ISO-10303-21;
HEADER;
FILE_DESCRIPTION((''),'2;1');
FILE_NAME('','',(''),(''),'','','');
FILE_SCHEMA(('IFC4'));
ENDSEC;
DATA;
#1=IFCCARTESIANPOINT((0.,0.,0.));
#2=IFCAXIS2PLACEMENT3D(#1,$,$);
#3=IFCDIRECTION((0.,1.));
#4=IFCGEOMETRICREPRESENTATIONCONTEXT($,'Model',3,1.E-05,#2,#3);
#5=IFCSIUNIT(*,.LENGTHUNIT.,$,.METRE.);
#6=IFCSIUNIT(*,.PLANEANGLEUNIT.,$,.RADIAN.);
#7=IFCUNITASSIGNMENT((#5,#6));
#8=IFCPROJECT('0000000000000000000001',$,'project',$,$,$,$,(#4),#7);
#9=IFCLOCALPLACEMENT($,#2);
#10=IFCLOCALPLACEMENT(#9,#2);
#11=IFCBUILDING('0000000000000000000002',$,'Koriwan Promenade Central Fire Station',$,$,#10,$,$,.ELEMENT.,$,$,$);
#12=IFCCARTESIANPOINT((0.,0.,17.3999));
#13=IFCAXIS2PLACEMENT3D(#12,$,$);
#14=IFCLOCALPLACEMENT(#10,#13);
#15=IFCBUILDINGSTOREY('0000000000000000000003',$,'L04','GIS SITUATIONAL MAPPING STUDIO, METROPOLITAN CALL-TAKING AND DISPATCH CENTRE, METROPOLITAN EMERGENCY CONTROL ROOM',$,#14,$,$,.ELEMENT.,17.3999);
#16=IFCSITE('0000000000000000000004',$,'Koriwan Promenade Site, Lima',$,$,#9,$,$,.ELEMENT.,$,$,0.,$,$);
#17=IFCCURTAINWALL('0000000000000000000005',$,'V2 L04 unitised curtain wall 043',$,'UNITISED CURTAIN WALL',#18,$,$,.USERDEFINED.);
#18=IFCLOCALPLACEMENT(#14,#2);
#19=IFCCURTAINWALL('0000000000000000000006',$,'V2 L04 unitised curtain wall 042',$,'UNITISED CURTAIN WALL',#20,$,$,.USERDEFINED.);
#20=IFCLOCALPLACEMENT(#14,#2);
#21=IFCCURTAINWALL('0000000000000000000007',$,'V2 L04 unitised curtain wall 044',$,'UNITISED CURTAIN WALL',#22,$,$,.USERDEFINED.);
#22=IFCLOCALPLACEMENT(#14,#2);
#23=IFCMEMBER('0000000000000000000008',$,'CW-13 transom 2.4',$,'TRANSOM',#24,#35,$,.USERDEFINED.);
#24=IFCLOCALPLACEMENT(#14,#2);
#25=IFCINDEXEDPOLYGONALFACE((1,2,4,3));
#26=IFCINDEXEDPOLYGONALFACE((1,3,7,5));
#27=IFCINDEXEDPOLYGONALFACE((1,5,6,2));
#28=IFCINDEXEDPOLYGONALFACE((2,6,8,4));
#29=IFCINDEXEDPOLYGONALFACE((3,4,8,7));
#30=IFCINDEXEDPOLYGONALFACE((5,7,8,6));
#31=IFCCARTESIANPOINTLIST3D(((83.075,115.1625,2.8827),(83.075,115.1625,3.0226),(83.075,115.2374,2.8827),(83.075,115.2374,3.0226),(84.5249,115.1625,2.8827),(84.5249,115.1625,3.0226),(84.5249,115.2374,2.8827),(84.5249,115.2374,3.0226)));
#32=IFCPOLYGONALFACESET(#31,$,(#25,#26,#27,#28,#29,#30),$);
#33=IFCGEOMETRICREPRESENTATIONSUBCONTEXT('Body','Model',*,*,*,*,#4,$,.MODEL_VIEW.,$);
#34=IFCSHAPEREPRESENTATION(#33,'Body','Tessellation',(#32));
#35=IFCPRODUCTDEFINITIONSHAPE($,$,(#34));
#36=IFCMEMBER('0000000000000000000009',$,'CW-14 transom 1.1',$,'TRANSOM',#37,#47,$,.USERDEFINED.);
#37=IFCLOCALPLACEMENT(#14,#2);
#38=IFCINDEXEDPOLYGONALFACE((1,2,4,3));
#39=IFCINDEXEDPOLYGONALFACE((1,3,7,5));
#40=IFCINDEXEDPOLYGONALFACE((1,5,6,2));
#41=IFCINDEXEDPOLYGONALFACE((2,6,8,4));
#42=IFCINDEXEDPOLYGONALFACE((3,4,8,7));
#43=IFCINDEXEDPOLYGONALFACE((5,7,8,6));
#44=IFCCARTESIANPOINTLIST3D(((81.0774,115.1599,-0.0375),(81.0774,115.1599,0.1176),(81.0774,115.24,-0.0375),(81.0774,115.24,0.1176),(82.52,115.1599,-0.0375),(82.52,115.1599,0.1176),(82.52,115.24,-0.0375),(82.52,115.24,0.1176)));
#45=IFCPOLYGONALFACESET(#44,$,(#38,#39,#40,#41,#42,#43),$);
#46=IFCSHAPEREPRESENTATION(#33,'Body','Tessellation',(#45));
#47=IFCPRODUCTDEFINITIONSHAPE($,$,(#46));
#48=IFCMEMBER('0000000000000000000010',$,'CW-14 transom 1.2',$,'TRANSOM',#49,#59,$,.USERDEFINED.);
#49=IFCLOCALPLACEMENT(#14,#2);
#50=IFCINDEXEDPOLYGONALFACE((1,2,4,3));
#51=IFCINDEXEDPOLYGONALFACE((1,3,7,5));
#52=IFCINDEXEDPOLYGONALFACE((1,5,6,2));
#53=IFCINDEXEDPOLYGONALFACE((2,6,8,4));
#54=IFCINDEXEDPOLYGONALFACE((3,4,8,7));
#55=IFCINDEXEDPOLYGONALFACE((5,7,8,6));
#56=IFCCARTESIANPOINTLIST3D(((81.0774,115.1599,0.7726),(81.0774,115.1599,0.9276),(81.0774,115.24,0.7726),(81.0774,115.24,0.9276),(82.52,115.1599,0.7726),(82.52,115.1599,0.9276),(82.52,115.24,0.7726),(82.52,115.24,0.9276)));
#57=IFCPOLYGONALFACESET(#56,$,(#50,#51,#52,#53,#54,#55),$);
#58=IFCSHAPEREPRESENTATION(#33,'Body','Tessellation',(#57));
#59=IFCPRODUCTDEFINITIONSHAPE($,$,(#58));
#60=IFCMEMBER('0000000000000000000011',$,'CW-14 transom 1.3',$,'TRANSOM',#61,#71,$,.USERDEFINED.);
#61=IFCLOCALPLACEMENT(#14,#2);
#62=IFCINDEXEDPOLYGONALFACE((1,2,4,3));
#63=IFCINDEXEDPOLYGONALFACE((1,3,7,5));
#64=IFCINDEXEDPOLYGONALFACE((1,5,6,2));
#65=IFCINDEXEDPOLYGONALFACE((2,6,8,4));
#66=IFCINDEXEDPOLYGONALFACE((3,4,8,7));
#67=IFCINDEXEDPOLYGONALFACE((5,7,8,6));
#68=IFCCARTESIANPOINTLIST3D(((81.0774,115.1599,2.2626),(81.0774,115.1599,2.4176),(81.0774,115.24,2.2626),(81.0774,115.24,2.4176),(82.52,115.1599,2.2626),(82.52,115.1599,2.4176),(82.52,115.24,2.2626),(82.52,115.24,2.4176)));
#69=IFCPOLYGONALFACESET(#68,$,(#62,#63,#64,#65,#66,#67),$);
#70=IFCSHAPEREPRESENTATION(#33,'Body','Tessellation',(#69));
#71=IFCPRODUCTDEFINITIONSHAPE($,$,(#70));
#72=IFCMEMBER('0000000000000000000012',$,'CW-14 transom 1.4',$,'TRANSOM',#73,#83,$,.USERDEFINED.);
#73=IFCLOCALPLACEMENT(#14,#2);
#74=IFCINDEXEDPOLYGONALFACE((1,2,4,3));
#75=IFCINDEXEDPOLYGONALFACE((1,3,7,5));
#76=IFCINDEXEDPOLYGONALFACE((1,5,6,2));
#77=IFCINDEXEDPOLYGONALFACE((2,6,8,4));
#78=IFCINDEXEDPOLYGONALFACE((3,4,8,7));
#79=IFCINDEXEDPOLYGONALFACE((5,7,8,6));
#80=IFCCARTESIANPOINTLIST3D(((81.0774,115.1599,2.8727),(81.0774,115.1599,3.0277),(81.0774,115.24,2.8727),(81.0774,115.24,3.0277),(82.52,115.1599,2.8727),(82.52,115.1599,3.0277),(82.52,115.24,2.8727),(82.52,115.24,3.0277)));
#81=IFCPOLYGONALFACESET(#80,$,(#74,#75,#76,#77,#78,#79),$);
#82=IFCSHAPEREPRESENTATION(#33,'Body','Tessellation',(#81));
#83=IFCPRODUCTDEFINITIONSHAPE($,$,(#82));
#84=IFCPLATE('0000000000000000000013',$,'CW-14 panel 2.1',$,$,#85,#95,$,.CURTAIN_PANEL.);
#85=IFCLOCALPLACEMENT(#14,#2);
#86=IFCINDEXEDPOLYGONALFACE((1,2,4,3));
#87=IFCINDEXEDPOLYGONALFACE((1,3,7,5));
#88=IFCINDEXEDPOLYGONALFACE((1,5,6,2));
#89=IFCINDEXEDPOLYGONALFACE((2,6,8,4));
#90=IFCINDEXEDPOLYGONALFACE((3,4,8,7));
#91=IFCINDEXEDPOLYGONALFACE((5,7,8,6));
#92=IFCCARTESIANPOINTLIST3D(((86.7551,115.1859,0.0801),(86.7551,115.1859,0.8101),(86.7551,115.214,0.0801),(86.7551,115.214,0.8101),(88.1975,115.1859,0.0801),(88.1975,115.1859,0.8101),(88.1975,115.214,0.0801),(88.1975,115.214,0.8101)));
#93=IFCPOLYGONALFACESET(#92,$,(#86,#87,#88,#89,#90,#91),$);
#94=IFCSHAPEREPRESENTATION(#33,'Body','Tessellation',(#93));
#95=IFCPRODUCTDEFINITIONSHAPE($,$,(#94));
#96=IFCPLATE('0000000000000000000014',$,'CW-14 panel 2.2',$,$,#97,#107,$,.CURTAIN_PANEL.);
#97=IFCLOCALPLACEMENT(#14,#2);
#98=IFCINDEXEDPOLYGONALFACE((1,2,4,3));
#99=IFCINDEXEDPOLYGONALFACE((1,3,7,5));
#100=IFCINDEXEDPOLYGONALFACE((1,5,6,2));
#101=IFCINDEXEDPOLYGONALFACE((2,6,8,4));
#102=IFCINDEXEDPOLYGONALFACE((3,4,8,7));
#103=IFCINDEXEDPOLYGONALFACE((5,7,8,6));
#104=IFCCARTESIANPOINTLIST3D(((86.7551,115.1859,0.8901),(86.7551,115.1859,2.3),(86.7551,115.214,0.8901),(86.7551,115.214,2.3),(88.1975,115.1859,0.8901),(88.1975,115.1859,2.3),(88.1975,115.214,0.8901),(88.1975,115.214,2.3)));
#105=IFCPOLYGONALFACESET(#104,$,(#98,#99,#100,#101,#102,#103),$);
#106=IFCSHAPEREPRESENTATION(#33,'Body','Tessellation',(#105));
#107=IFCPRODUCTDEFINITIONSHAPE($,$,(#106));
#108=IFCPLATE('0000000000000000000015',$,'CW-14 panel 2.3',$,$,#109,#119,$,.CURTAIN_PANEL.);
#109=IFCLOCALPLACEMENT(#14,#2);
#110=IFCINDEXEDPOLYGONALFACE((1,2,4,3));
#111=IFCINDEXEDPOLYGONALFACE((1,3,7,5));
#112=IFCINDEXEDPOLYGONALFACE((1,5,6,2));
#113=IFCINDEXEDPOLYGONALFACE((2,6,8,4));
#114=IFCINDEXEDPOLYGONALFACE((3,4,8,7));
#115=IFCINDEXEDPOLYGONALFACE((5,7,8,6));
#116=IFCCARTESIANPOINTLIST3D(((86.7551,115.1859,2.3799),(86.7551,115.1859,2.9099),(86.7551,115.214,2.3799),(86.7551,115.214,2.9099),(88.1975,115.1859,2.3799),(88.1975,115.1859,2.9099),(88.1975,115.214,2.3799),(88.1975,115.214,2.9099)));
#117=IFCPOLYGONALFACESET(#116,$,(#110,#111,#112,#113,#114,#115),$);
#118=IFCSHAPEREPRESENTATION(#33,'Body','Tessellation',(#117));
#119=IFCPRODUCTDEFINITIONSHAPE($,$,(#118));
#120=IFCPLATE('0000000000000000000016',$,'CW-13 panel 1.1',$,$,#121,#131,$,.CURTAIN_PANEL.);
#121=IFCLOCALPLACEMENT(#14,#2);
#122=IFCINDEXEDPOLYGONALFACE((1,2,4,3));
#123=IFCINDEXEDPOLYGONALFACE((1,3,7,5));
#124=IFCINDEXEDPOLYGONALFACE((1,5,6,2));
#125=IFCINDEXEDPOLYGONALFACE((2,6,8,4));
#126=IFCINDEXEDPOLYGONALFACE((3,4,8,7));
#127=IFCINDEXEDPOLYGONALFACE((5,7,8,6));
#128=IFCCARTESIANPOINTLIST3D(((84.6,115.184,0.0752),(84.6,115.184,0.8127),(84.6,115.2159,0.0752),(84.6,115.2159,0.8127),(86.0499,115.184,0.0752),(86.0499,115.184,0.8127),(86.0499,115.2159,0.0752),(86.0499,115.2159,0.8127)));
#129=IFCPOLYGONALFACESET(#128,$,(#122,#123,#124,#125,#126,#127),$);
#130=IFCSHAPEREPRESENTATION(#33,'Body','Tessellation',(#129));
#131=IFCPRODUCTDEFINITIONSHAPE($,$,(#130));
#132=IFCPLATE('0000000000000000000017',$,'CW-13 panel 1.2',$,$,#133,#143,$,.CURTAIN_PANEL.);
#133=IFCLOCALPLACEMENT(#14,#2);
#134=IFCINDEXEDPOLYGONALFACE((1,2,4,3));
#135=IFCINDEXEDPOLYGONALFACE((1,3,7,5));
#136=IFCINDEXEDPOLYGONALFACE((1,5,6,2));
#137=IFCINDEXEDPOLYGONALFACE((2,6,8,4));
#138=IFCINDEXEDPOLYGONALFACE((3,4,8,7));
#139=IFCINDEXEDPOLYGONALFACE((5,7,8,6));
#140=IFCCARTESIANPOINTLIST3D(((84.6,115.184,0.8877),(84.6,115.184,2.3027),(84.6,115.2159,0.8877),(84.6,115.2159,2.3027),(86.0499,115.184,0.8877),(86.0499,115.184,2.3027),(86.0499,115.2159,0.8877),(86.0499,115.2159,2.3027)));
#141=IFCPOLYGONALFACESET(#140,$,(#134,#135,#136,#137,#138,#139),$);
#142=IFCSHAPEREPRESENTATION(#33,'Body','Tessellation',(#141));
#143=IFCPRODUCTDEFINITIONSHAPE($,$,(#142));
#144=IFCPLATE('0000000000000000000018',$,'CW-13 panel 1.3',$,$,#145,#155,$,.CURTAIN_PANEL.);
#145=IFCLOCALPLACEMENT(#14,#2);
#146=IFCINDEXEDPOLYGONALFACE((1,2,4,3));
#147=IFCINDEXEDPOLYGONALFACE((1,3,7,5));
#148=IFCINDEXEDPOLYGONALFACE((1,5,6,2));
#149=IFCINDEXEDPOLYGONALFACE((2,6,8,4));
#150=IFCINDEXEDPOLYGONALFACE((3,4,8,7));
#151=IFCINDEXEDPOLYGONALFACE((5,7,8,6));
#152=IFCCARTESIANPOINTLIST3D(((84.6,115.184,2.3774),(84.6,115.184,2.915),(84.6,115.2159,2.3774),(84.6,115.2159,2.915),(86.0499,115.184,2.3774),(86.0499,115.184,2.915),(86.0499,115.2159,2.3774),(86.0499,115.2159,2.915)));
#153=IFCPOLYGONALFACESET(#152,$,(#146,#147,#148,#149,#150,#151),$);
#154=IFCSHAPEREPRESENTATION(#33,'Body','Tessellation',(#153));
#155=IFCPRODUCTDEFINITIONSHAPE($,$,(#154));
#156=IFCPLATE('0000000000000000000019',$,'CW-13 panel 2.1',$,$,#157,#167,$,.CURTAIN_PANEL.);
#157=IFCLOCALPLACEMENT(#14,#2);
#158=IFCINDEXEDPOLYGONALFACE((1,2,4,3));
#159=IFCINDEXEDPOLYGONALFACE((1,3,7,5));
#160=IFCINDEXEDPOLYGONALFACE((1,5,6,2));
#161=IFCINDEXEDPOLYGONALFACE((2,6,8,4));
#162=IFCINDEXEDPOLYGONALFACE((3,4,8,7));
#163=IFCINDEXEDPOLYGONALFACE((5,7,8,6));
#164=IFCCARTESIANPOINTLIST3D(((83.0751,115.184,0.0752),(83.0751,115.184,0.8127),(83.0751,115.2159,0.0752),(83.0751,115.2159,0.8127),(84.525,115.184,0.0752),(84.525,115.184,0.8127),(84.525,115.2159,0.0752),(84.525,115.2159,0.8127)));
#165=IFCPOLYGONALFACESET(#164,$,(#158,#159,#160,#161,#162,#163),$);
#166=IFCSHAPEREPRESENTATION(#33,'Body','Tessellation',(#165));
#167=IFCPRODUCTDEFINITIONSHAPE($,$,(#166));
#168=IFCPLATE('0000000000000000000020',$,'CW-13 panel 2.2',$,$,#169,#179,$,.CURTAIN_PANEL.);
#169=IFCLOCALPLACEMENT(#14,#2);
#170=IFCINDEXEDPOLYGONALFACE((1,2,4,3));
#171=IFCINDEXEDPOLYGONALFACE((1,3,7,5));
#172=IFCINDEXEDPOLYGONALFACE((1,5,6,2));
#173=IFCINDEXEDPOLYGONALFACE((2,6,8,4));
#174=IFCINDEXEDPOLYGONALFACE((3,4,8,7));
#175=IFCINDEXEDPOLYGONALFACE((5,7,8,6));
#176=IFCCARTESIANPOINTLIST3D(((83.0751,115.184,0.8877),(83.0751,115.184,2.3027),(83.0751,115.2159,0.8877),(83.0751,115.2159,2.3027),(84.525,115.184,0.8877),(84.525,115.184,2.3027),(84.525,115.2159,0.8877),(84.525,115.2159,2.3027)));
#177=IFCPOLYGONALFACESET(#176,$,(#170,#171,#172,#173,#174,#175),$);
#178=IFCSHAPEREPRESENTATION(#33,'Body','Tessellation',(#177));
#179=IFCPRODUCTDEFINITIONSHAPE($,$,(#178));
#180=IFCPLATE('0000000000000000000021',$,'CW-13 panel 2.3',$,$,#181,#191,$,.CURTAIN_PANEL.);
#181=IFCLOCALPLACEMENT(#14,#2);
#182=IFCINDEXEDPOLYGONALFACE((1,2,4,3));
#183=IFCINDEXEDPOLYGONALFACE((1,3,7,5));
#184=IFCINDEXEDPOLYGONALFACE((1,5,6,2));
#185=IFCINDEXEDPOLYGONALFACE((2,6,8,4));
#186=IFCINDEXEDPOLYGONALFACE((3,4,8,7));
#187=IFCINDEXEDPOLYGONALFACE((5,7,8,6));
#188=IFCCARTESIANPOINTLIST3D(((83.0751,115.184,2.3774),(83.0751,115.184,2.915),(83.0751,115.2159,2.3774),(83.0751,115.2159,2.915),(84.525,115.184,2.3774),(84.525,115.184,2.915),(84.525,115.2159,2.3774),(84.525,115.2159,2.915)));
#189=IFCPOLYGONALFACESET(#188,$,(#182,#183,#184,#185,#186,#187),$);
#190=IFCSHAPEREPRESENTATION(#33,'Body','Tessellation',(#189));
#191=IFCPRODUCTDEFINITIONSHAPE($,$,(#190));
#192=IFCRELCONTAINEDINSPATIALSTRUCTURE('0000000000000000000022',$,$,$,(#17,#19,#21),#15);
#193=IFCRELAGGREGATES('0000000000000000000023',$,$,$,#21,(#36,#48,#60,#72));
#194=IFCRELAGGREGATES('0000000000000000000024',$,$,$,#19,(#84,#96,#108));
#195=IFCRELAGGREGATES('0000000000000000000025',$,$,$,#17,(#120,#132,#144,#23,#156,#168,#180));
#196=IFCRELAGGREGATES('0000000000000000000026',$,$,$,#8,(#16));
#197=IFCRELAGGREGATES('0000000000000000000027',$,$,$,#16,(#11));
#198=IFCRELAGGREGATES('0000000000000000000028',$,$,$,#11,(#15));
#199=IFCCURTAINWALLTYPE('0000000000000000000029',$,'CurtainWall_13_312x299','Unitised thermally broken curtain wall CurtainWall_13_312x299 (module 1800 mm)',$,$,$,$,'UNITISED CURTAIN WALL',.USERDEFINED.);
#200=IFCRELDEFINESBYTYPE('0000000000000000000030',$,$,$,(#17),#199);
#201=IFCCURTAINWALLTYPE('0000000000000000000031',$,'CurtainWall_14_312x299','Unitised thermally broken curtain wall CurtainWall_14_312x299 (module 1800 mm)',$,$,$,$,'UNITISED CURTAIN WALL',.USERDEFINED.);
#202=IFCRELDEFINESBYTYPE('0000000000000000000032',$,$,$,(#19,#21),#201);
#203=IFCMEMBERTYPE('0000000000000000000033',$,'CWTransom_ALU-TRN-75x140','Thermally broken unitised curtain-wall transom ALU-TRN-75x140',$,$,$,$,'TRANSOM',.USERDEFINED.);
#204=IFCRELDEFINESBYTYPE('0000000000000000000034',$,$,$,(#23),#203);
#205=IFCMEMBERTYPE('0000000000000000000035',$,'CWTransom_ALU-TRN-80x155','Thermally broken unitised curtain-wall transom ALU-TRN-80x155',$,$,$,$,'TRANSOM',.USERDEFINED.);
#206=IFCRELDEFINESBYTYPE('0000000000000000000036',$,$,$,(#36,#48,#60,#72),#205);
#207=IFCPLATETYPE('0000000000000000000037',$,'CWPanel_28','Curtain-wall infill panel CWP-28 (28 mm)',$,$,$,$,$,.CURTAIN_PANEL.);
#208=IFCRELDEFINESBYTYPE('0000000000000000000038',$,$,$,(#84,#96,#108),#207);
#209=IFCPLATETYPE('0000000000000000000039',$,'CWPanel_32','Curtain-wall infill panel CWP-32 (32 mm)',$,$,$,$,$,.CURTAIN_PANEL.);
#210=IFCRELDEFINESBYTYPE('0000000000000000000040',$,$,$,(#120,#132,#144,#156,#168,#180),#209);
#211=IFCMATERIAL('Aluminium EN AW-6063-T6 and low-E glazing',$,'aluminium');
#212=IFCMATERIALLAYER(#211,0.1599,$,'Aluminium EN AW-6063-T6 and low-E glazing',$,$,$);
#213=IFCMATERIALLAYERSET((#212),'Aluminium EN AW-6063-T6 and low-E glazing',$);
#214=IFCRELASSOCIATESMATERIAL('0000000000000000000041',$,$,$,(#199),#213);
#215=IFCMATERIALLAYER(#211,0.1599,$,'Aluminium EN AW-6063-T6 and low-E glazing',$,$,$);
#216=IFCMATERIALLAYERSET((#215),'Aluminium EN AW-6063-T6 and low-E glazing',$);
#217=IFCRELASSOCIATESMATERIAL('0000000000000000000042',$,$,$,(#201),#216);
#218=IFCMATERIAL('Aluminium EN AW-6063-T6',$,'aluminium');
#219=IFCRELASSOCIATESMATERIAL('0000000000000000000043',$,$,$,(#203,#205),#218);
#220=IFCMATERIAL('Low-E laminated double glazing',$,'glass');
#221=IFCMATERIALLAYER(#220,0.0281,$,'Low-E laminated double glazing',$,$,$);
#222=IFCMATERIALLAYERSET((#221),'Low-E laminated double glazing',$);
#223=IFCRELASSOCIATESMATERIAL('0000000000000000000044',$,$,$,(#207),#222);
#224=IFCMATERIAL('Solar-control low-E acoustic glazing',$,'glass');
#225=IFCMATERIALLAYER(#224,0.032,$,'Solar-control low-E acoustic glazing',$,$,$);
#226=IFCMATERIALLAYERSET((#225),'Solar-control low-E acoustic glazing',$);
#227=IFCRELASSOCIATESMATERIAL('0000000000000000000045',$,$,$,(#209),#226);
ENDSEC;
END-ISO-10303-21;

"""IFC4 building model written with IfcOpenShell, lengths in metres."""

from ifc_helpers import new_model, si_unit, direction, frame, origin, origin_2d, place, context, subcontext, project, spatial, rectangle, extrude, material, layer, layer_set, material_profile, profile_set, type_object, element, aggregate, save


model = new_model("IFC4")

# Units and contexts
model_context = context("Model", 3, precision=1e-05, world=origin(), true_north=direction((0.0, 1.0)))
body_context = subcontext(model_context, "Body", "Model", "MODEL_VIEW")
ifc_project = project(units=[si_unit("LENGTHUNIT", "METRE"), si_unit("PLANEANGLEUNIT", "RADIAN")], contexts=[model_context])

# Site, building, storey
site_placement = place(None, origin())
site = spatial("IfcSite", under=ifc_project, at=site_placement, Name="Koriwan Promenade Site, Lima", CompositionType="ELEMENT", RefElevation=0.0)
building_placement = place(site_placement, origin())
building = spatial("IfcBuilding", under=site, at=building_placement, Name="Koriwan Promenade Central Fire Station", CompositionType="ELEMENT")
storey_placement = place(building_placement, frame((0.0, 0.0, 17.3999)))
storey = spatial("IfcBuildingStorey", under=building, at=storey_placement, Name="L04", Description="GIS SITUATIONAL MAPPING STUDIO, METROPOLITAN CALL-TAKING AND DISPATCH CENTRE, METROPOLITAN EMERGENCY CONTROL ROOM", CompositionType="ELEMENT", Elevation=17.3999)

# Curtain wall
ifc_material_1 = material(Name="Aluminium EN AW-6063-T6 and low-E glazing", Category="aluminium")
ifc_layer_1 = layer(ifc_material_1, 0.1599, Name="Aluminium EN AW-6063-T6 and low-E glazing")
ifc_layer_set_1 = layer_set([ifc_layer_1], Name="Aluminium EN AW-6063-T6 and low-E glazing")
curtain_wall_type_1 = type_object("IfcCurtainWallType", Name="CurtainWall_13_312x299", Description="Unitised thermally broken curtain wall CurtainWall_13_312x299 (module 1800 mm)", ElementType="UNITISED CURTAIN WALL", PredefinedType="USERDEFINED", material=ifc_layer_set_1)
curtain_wall_1_placement = place(storey_placement, origin())
curtain_wall_1 = element("IfcCurtainWall", 1, at=curtain_wall_1_placement, inside=storey, type_object=curtain_wall_type_1, Name="V2 L04 unitised curtain wall 043", ObjectType="UNITISED CURTAIN WALL", PredefinedType="USERDEFINED")
ifc_material_2 = material(Name="Aluminium EN AW-6063-T6", Category="aluminium")

# Curtain walls
ifc_layer_2 = layer(ifc_material_1, 0.1599, Name="Aluminium EN AW-6063-T6 and low-E glazing")
ifc_layer_set_2 = layer_set([ifc_layer_2], Name="Aluminium EN AW-6063-T6 and low-E glazing")
curtain_wall_type_2 = type_object("IfcCurtainWallType", Name="CurtainWall_14_312x299", Description="Unitised thermally broken curtain wall CurtainWall_14_312x299 (module 1800 mm)", ElementType="UNITISED CURTAIN WALL", PredefinedType="USERDEFINED", material=ifc_layer_set_2)
curtain_wall_2_placement = place(storey_placement, origin())
curtain_wall_2 = element("IfcCurtainWall", 2, at=curtain_wall_2_placement, inside=storey, type_object=curtain_wall_type_2, Name="V2 L04 unitised curtain wall 042", ObjectType="UNITISED CURTAIN WALL", PredefinedType="USERDEFINED")
curtain_wall_3_placement = place(storey_placement, origin())
curtain_wall_3 = element("IfcCurtainWall", 3, at=curtain_wall_3_placement, inside=storey, type_object=curtain_wall_type_2, Name="V2 L04 unitised curtain wall 044", ObjectType="UNITISED CURTAIN WALL", PredefinedType="USERDEFINED")

# Members
ifc_material_profile_1 = material_profile(ifc_material_2, rectangle(XDim=0.075, YDim=0.1399, at=origin_2d()), Name="ALU-TRN-75x140")
ifc_profile_set_1 = profile_set([ifc_material_profile_1], Name="Aluminium EN AW-6063-T6")
member_type_1 = type_object("IfcMemberType", Name="CWTransom_ALU-TRN-75x140", Description="Thermally broken unitised curtain-wall transom ALU-TRN-75x140", ElementType="TRANSOM", PredefinedType="USERDEFINED", material=ifc_profile_set_1)
member_1_placement = place(storey_placement, frame((84.5249, 115.2, 2.9526), z_axis=(-1.0, 0.0, 0.0), x_axis=(0.0, -1.0, 0.0)))
member_1 = element("IfcMember", 4, at=member_1_placement, type_object=member_type_1, Name="CW-13 transom 2.4", ObjectType="TRANSOM", PredefinedType="USERDEFINED", context=body_context, shape_type="SweptSolid", body=[
    extrude(rectangle(XDim=0.075, YDim=0.1399, at=origin_2d()), origin(), (0.0, 0.0, 1.0), 1.45),
])
ifc_material_profile_2 = material_profile(ifc_material_2, rectangle(XDim=0.0801, YDim=0.155, at=origin_2d()), Name="ALU-TRN-80x155")
ifc_profile_set_2 = profile_set([ifc_material_profile_2], Name="Aluminium EN AW-6063-T6")
member_type_2 = type_object("IfcMemberType", Name="CWTransom_ALU-TRN-80x155", Description="Thermally broken unitised curtain-wall transom ALU-TRN-80x155", ElementType="TRANSOM", PredefinedType="USERDEFINED", material=ifc_profile_set_2)
member_2_placement = place(storey_placement, frame((82.52, 115.2, 0.04), z_axis=(-1.0, 0.0, 0.0), x_axis=(0.0, -1.0, 0.0)))
member_2 = element("IfcMember", 5, at=member_2_placement, type_object=member_type_2, Name="CW-14 transom 1.1", ObjectType="TRANSOM", PredefinedType="USERDEFINED", context=body_context, shape_type="SweptSolid", body=[
    extrude(rectangle(XDim=0.0801, YDim=0.155, at=origin_2d()), origin(), (0.0, 0.0, 1.0), 1.4426),
])
member_3_placement = place(storey_placement, frame((82.52, 115.2, 0.8501), z_axis=(-1.0, 0.0, 0.0), x_axis=(0.0, -1.0, 0.0)))
member_3 = element("IfcMember", 6, at=member_3_placement, type_object=member_type_2, Name="CW-14 transom 1.2", ObjectType="TRANSOM", PredefinedType="USERDEFINED", context=body_context, shape_type="SweptSolid", body=[
    extrude(rectangle(XDim=0.0801, YDim=0.155, at=origin_2d()), origin(), (0.0, 0.0, 1.0), 1.4426),
])
member_4_placement = place(storey_placement, frame((82.52, 115.2, 2.3401), z_axis=(-1.0, 0.0, 0.0), x_axis=(0.0, -1.0, 0.0)))
member_4 = element("IfcMember", 7, at=member_4_placement, type_object=member_type_2, Name="CW-14 transom 1.3", ObjectType="TRANSOM", PredefinedType="USERDEFINED", context=body_context, shape_type="SweptSolid", body=[
    extrude(rectangle(XDim=0.0801, YDim=0.155, at=origin_2d()), origin(), (0.0, 0.0, 1.0), 1.4426),
])
member_5_placement = place(storey_placement, frame((82.52, 115.2, 2.9502), z_axis=(-1.0, 0.0, 0.0), x_axis=(0.0, -1.0, 0.0)))
member_5 = element("IfcMember", 8, at=member_5_placement, type_object=member_type_2, Name="CW-14 transom 1.4", ObjectType="TRANSOM", PredefinedType="USERDEFINED", context=body_context, shape_type="SweptSolid", body=[
    extrude(rectangle(XDim=0.0801, YDim=0.155, at=origin_2d()), origin(), (0.0, 0.0, 1.0), 1.4426),
])
aggregate(curtain_wall_3, [member_2, member_3, member_4, member_5])

# Plates
ifc_material_3 = material(Name="Low-E laminated double glazing", Category="glass")
ifc_layer_3 = layer(ifc_material_3, 0.0281, Name="Low-E laminated double glazing")
ifc_layer_set_3 = layer_set([ifc_layer_3], Name="Low-E laminated double glazing")
plate_type_1 = type_object("IfcPlateType", Name="CWPanel_28", Description="Curtain-wall infill panel CWP-28 (28 mm)", PredefinedType="CURTAIN_PANEL", material=ifc_layer_set_3)
plate_1_placement = place(storey_placement, frame((87.4763, 115.2, 0.0801), z_axis=(0.0, 0.0, 1.0), x_axis=(-1.0, 0.0, 0.0)))
plate_1 = element("IfcPlate", 9, at=plate_1_placement, type_object=plate_type_1, Name="CW-14 panel 2.1", PredefinedType="CURTAIN_PANEL", context=body_context, shape_type="SweptSolid", body=[
    extrude(rectangle(XDim=1.4424, YDim=0.0281, at=origin_2d()), origin(), (0.0, 0.0, 1.0), 0.73),
])
plate_2_placement = place(storey_placement, frame((87.4763, 115.2, 0.8901), z_axis=(0.0, 0.0, 1.0), x_axis=(-1.0, 0.0, 0.0)))
plate_2 = element("IfcPlate", 10, at=plate_2_placement, type_object=plate_type_1, Name="CW-14 panel 2.2", PredefinedType="CURTAIN_PANEL", context=body_context, shape_type="SweptSolid", body=[
    extrude(rectangle(XDim=1.4424, YDim=0.0281, at=origin_2d()), origin(), (0.0, 0.0, 1.0), 1.4099),
])
plate_3_placement = place(storey_placement, frame((87.4763, 115.2, 2.3799), z_axis=(0.0, 0.0, 1.0), x_axis=(-1.0, 0.0, 0.0)))
plate_3 = element("IfcPlate", 11, at=plate_3_placement, type_object=plate_type_1, Name="CW-14 panel 2.3", PredefinedType="CURTAIN_PANEL", context=body_context, shape_type="SweptSolid", body=[
    extrude(rectangle(XDim=1.4424, YDim=0.0281, at=origin_2d()), origin(), (0.0, 0.0, 1.0), 0.53),
])
aggregate(curtain_wall_2, [plate_1, plate_2, plate_3])
ifc_material_4 = material(Name="Solar-control low-E acoustic glazing", Category="glass")
ifc_layer_4 = layer(ifc_material_4, 0.032, Name="Solar-control low-E acoustic glazing")
ifc_layer_set_4 = layer_set([ifc_layer_4], Name="Solar-control low-E acoustic glazing")
plate_type_2 = type_object("IfcPlateType", Name="CWPanel_32", Description="Curtain-wall infill panel CWP-32 (32 mm)", PredefinedType="CURTAIN_PANEL", material=ifc_layer_set_4)
plate_4_placement = place(storey_placement, frame((85.325, 115.2, 0.0752), z_axis=(0.0, 0.0, 1.0), x_axis=(-1.0, 0.0, 0.0)))
plate_4 = element("IfcPlate", 12, at=plate_4_placement, type_object=plate_type_2, Name="CW-13 panel 1.1", PredefinedType="CURTAIN_PANEL", context=body_context, shape_type="SweptSolid", body=[
    extrude(rectangle(XDim=1.45, YDim=0.032, at=origin_2d()), origin(), (0.0, 0.0, 1.0), 0.7375),
])
plate_5_placement = place(storey_placement, frame((85.325, 115.2, 0.8877), z_axis=(0.0, 0.0, 1.0), x_axis=(-1.0, 0.0, 0.0)))
plate_5 = element("IfcPlate", 13, at=plate_5_placement, type_object=plate_type_2, Name="CW-13 panel 1.2", PredefinedType="CURTAIN_PANEL", context=body_context, shape_type="SweptSolid", body=[
    extrude(rectangle(XDim=1.45, YDim=0.032, at=origin_2d()), origin(), (0.0, 0.0, 1.0), 1.415),
])
plate_6_placement = place(storey_placement, frame((85.325, 115.2, 2.3774), z_axis=(0.0, 0.0, 1.0), x_axis=(-1.0, 0.0, 0.0)))
plate_6 = element("IfcPlate", 14, at=plate_6_placement, type_object=plate_type_2, Name="CW-13 panel 1.3", PredefinedType="CURTAIN_PANEL", context=body_context, shape_type="SweptSolid", body=[
    extrude(rectangle(XDim=1.45, YDim=0.032, at=origin_2d()), origin(), (0.0, 0.0, 1.0), 0.5376),
])
plate_7_placement = place(storey_placement, frame((83.8, 115.2, 0.0752), z_axis=(0.0, 0.0, 1.0), x_axis=(-1.0, 0.0, 0.0)))
plate_7 = element("IfcPlate", 15, at=plate_7_placement, type_object=plate_type_2, Name="CW-13 panel 2.1", PredefinedType="CURTAIN_PANEL", context=body_context, shape_type="SweptSolid", body=[
    extrude(rectangle(XDim=1.45, YDim=0.032, at=origin_2d()), origin(), (0.0, 0.0, 1.0), 0.7375),
])
plate_8_placement = place(storey_placement, frame((83.8, 115.2, 0.8877), z_axis=(0.0, 0.0, 1.0), x_axis=(-1.0, 0.0, 0.0)))
plate_8 = element("IfcPlate", 16, at=plate_8_placement, type_object=plate_type_2, Name="CW-13 panel 2.2", PredefinedType="CURTAIN_PANEL", context=body_context, shape_type="SweptSolid", body=[
    extrude(rectangle(XDim=1.45, YDim=0.032, at=origin_2d()), origin(), (0.0, 0.0, 1.0), 1.415),
])
plate_9_placement = place(storey_placement, frame((83.8, 115.2, 2.3774), z_axis=(0.0, 0.0, 1.0), x_axis=(-1.0, 0.0, 0.0)))
plate_9 = element("IfcPlate", 17, at=plate_9_placement, type_object=plate_type_2, Name="CW-13 panel 2.3", PredefinedType="CURTAIN_PANEL", context=body_context, shape_type="SweptSolid", body=[
    extrude(rectangle(XDim=1.45, YDim=0.032, at=origin_2d()), origin(), (0.0, 0.0, 1.0), 0.5376),
])
aggregate(curtain_wall_1, [plate_4, plate_5, plate_6, member_1, plate_7, plate_8, plate_9])

save(model, "model.ifc")
